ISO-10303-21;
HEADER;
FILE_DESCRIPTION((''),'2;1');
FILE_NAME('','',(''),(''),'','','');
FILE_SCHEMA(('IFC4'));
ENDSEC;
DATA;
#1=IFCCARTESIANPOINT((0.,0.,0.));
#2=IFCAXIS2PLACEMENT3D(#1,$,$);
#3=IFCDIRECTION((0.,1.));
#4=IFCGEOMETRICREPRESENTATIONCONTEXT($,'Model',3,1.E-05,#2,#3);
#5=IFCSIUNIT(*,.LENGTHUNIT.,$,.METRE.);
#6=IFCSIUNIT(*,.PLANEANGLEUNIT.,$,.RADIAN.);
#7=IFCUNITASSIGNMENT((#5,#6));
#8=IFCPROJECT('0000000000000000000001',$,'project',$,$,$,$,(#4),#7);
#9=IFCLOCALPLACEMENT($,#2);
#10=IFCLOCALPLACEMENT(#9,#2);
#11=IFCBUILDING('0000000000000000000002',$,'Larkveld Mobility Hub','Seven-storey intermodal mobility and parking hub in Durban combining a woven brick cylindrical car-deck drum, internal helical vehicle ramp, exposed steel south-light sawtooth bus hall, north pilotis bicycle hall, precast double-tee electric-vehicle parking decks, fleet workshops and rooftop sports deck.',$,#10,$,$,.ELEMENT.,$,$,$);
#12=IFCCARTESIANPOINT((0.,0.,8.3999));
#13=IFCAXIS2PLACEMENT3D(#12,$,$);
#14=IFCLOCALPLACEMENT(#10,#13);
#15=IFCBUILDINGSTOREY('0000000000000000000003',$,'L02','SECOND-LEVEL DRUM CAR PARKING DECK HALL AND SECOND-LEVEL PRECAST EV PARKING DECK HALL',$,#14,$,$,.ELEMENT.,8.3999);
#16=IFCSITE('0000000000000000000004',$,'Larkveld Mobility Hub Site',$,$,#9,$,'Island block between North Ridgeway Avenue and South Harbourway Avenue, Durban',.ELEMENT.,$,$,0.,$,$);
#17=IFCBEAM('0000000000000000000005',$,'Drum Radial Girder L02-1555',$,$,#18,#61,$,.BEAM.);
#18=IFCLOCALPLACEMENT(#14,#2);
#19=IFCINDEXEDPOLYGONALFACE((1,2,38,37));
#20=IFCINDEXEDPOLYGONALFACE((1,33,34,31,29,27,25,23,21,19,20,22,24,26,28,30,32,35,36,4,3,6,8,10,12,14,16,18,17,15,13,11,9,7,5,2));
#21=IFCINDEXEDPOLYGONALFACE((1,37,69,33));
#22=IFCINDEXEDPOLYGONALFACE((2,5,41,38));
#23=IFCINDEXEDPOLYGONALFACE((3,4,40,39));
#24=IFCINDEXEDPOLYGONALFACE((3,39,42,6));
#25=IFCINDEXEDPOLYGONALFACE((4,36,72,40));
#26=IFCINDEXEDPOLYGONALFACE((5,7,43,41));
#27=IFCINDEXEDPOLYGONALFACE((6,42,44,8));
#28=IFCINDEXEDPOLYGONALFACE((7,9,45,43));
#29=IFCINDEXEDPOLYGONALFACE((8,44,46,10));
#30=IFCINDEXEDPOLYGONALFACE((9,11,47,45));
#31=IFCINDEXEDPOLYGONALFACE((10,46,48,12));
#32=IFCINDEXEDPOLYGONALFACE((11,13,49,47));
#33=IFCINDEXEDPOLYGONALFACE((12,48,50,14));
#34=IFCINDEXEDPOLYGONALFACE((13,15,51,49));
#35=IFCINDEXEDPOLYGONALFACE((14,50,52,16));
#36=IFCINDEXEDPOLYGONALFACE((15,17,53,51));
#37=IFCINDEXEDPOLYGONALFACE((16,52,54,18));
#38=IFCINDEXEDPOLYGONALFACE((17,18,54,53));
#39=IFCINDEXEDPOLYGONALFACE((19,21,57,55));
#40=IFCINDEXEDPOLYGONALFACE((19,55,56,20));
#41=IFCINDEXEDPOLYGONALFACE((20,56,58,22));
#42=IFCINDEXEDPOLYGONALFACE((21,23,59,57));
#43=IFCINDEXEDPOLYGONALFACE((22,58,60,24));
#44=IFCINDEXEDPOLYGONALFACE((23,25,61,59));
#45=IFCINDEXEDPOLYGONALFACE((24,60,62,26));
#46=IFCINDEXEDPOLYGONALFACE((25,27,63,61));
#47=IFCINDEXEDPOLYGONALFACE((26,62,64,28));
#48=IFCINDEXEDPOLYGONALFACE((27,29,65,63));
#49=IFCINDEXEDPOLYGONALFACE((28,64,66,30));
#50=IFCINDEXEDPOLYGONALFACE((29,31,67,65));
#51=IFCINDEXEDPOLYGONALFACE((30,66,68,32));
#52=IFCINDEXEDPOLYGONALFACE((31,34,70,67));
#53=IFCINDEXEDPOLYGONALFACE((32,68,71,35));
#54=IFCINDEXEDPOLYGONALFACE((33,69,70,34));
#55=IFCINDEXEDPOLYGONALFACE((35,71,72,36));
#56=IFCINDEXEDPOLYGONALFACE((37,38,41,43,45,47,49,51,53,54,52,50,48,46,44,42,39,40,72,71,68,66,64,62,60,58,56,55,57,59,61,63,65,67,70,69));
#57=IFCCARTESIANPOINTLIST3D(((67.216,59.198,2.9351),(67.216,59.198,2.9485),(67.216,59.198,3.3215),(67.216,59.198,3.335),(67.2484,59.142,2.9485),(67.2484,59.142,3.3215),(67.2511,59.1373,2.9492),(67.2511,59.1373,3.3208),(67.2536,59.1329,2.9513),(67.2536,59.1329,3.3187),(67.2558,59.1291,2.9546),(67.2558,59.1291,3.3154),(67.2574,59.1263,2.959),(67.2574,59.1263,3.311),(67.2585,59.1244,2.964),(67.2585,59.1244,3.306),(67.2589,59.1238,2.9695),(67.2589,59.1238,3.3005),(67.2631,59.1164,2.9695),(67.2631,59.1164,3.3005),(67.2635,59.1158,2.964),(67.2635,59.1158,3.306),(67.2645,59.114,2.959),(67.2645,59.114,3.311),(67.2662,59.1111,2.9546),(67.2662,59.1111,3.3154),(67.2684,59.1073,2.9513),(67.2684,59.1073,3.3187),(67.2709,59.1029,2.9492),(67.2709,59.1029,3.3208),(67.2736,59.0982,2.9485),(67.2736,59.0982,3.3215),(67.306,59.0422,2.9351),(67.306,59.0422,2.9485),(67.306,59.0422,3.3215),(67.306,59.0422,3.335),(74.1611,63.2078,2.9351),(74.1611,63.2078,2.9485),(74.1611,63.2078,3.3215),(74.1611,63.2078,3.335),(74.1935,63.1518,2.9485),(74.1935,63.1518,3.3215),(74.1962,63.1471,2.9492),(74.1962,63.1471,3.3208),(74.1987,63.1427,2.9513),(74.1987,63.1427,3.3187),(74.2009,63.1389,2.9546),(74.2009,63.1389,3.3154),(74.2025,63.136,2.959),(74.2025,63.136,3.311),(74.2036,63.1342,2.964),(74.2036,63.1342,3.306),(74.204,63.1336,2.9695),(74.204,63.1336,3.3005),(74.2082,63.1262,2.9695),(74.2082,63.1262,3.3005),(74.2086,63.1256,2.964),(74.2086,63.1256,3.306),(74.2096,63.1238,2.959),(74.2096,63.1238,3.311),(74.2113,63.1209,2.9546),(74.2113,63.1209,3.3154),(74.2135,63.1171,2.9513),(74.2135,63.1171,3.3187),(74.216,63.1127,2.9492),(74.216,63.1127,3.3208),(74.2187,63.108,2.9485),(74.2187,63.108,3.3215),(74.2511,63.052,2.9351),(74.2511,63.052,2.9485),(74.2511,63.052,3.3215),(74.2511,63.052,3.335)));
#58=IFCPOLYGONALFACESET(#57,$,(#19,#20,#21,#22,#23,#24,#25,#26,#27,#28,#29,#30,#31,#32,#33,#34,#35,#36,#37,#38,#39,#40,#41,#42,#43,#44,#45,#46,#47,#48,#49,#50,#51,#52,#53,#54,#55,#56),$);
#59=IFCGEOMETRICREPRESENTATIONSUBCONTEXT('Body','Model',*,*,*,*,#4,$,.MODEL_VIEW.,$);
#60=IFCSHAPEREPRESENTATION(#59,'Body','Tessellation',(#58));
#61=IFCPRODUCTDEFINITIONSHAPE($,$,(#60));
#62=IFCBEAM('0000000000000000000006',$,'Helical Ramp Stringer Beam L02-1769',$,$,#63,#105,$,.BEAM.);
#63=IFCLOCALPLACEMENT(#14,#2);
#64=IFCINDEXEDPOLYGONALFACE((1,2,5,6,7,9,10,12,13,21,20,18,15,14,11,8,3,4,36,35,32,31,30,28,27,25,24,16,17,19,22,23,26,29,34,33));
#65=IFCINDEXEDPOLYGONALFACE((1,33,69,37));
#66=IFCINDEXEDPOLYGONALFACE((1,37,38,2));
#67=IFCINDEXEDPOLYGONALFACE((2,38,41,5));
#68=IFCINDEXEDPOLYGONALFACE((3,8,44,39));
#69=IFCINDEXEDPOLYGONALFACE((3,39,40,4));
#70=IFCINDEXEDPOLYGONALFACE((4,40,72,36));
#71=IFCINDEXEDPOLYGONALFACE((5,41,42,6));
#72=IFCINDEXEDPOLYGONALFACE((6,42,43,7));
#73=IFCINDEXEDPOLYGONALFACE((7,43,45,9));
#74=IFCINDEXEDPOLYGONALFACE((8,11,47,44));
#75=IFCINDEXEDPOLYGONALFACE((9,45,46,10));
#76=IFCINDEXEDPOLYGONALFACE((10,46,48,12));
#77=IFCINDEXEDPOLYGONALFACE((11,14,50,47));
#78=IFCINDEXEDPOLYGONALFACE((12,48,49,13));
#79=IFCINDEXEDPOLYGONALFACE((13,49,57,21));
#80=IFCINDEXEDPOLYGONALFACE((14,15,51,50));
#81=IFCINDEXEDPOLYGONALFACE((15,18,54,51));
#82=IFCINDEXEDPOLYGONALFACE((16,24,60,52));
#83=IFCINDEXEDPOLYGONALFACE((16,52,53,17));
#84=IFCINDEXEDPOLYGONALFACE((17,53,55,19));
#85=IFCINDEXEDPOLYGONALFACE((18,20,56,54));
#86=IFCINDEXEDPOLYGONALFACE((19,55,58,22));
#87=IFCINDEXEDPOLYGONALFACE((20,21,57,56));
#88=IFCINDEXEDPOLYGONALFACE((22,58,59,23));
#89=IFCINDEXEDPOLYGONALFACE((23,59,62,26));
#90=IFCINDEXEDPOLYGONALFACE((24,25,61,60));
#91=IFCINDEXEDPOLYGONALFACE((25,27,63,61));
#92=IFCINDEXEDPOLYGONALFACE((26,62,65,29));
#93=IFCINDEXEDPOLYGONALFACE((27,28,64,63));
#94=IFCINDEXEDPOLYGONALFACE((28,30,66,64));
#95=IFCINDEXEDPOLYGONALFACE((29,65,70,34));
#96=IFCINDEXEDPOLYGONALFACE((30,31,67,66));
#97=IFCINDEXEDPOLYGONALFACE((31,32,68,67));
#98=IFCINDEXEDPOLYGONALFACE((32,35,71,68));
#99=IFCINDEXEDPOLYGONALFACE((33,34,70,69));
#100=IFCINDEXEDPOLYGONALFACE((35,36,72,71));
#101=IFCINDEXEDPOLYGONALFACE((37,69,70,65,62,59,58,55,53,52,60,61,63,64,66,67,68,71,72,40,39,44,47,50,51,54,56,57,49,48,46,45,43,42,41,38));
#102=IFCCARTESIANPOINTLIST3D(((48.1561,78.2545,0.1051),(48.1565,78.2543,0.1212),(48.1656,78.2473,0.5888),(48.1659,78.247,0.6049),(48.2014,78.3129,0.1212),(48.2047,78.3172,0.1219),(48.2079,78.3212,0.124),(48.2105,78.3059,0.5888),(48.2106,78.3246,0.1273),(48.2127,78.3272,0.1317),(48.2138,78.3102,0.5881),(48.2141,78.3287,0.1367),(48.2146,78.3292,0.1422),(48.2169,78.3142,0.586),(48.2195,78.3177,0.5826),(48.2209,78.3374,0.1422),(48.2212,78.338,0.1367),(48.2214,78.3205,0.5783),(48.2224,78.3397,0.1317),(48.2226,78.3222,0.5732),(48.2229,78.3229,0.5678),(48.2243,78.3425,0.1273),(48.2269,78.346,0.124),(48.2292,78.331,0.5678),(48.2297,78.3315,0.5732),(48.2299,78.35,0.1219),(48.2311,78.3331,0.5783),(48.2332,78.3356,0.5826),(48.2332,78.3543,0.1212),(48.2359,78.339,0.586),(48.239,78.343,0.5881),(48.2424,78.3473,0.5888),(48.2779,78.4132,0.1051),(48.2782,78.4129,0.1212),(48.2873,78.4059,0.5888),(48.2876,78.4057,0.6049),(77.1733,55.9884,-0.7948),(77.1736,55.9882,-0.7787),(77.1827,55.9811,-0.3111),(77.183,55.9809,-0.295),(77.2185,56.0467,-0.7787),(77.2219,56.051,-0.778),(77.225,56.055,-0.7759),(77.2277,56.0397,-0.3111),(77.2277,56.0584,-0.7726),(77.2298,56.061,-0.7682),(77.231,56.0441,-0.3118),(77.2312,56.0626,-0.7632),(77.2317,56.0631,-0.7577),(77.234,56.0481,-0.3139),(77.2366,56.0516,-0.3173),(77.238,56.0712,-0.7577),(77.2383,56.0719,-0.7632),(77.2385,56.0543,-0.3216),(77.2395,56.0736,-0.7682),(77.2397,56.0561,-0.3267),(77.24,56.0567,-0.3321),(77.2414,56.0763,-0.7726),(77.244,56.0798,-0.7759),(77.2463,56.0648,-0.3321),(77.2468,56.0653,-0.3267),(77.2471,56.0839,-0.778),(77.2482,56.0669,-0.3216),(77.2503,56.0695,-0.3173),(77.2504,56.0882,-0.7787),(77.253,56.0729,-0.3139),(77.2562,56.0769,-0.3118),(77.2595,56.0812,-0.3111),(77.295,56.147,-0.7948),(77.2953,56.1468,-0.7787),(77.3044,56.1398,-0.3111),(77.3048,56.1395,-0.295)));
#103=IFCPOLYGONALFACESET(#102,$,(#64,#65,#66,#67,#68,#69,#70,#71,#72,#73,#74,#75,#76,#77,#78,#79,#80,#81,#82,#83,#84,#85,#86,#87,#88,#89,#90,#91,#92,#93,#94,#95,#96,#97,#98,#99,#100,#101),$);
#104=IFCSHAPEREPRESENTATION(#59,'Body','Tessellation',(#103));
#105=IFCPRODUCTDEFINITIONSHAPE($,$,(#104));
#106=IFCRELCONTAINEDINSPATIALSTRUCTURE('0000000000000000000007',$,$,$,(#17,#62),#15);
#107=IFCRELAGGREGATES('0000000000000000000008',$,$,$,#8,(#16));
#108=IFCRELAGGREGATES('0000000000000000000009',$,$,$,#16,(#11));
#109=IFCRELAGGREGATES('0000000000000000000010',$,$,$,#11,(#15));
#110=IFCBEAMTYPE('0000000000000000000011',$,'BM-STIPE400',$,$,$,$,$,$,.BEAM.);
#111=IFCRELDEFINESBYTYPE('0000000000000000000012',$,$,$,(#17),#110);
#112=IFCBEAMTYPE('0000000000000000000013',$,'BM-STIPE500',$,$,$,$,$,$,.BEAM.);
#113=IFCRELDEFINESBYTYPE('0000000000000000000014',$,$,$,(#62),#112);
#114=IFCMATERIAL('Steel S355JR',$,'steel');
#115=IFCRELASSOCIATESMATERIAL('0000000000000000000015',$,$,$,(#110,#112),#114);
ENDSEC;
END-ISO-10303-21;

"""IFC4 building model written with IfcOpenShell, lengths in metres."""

from ifc_helpers import new_model, si_unit, direction, frame, origin, origin_2d, place, context, subcontext, project, spatial, i_section, extrude, material, material_profile, profile_set, type_object, element, save


model = new_model("IFC4")

# Units and contexts
model_context = context("Model", 3, precision=1e-05, world=origin(), true_north=direction((0.0, 1.0)))
body_context = subcontext(model_context, "Body", "Model", "MODEL_VIEW")
ifc_project = project(units=[si_unit("LENGTHUNIT", "METRE"), si_unit("PLANEANGLEUNIT", "RADIAN")], contexts=[model_context])

# Site, building, storey
site_placement = place(None, origin())
site = spatial("IfcSite", under=ifc_project, at=site_placement, Name="Larkveld Mobility Hub Site", LongName="Island block between North Ridgeway Avenue and South Harbourway Avenue, Durban", CompositionType="ELEMENT", RefElevation=0.0)
building_placement = place(site_placement, origin())
building = spatial("IfcBuilding", under=site, at=building_placement, Name="Larkveld Mobility Hub", Description="Seven-storey intermodal mobility and parking hub in Durban combining a woven brick cylindrical car-deck drum, internal helical vehicle ramp, exposed steel south-light sawtooth bus hall, north pilotis bicycle hall, precast double-tee electric-vehicle parking decks, fleet workshops and rooftop sports deck.", CompositionType="ELEMENT")
storey_placement = place(building_placement, frame((0.0, 0.0, 8.3999)))
storey = spatial("IfcBuildingStorey", under=building, at=storey_placement, Name="L02", Description="SECOND-LEVEL DRUM CAR PARKING DECK HALL AND SECOND-LEVEL PRECAST EV PARKING DECK HALL", CompositionType="ELEMENT", Elevation=8.3999)

# Beams
ifc_material_1 = material(Name="Steel S355JR", Category="steel")
ifc_material_profile_1 = material_profile(ifc_material_1, i_section(OverallWidth=0.1799, OverallDepth=0.3999, WebThickness=0.0085, FlangeThickness=0.0134, FilletRadius=0.021, at=origin_2d()), Name="IPE 400")
ifc_profile_set_1 = profile_set([ifc_material_profile_1], Name="Steel S355JR")
beam_type_1 = type_object("IfcBeamType", Name="BM-STIPE400", PredefinedType="BEAM", material=ifc_profile_set_1)
beam_1_placement = place(storey_placement, frame((67.261, 59.1201, 3.135), z_axis=(0.866024, 0.500003, 0.0), x_axis=(-0.500003, 0.866024, 0.0)))
element("IfcBeam", 1, at=beam_1_placement, inside=storey, type_object=beam_type_1, Name="Drum Radial Girder L02-1555", PredefinedType="BEAM", context=body_context, shape_type="SweptSolid", body=[
    extrude(i_section(OverallWidth=0.1799, OverallDepth=0.3999, WebThickness=0.0085, FlangeThickness=0.0134, FilletRadius=0.021, at=origin_2d()), origin(), (0.0, 0.0, 1.0), 8.0195),
])
ifc_material_profile_2 = material_profile(ifc_material_1, i_section(OverallWidth=0.2, OverallDepth=0.5, WebThickness=0.0103, FlangeThickness=0.0161, FilletRadius=0.021, at=origin_2d()), Name="IPE 500")
ifc_profile_set_2 = profile_set([ifc_material_profile_2], Name="Steel S355JR")
beam_type_2 = type_object("IfcBeamType", Name="BM-STIPE500", PredefinedType="BEAM", material=ifc_profile_set_2)
beam_2_placement = place(storey_placement, frame((77.239, 56.064, -0.5449), z_axis=(-0.793106, 0.608586, 0.024596), x_axis=(-0.60877, -0.793347, 0.0)))
element("IfcBeam", 2, at=beam_2_placement, inside=storey, type_object=beam_type_2, Name="Helical Ramp Stringer Beam L02-1769", PredefinedType="BEAM", context=body_context, shape_type="SweptSolid", body=[
    extrude(i_section(OverallWidth=0.2, OverallDepth=0.5, WebThickness=0.0103, FlangeThickness=0.0161, FilletRadius=0.021, at=origin_2d()), origin(), (0.0, 0.0, 1.0), 36.5867),
])

save(model, "model.ifc")
